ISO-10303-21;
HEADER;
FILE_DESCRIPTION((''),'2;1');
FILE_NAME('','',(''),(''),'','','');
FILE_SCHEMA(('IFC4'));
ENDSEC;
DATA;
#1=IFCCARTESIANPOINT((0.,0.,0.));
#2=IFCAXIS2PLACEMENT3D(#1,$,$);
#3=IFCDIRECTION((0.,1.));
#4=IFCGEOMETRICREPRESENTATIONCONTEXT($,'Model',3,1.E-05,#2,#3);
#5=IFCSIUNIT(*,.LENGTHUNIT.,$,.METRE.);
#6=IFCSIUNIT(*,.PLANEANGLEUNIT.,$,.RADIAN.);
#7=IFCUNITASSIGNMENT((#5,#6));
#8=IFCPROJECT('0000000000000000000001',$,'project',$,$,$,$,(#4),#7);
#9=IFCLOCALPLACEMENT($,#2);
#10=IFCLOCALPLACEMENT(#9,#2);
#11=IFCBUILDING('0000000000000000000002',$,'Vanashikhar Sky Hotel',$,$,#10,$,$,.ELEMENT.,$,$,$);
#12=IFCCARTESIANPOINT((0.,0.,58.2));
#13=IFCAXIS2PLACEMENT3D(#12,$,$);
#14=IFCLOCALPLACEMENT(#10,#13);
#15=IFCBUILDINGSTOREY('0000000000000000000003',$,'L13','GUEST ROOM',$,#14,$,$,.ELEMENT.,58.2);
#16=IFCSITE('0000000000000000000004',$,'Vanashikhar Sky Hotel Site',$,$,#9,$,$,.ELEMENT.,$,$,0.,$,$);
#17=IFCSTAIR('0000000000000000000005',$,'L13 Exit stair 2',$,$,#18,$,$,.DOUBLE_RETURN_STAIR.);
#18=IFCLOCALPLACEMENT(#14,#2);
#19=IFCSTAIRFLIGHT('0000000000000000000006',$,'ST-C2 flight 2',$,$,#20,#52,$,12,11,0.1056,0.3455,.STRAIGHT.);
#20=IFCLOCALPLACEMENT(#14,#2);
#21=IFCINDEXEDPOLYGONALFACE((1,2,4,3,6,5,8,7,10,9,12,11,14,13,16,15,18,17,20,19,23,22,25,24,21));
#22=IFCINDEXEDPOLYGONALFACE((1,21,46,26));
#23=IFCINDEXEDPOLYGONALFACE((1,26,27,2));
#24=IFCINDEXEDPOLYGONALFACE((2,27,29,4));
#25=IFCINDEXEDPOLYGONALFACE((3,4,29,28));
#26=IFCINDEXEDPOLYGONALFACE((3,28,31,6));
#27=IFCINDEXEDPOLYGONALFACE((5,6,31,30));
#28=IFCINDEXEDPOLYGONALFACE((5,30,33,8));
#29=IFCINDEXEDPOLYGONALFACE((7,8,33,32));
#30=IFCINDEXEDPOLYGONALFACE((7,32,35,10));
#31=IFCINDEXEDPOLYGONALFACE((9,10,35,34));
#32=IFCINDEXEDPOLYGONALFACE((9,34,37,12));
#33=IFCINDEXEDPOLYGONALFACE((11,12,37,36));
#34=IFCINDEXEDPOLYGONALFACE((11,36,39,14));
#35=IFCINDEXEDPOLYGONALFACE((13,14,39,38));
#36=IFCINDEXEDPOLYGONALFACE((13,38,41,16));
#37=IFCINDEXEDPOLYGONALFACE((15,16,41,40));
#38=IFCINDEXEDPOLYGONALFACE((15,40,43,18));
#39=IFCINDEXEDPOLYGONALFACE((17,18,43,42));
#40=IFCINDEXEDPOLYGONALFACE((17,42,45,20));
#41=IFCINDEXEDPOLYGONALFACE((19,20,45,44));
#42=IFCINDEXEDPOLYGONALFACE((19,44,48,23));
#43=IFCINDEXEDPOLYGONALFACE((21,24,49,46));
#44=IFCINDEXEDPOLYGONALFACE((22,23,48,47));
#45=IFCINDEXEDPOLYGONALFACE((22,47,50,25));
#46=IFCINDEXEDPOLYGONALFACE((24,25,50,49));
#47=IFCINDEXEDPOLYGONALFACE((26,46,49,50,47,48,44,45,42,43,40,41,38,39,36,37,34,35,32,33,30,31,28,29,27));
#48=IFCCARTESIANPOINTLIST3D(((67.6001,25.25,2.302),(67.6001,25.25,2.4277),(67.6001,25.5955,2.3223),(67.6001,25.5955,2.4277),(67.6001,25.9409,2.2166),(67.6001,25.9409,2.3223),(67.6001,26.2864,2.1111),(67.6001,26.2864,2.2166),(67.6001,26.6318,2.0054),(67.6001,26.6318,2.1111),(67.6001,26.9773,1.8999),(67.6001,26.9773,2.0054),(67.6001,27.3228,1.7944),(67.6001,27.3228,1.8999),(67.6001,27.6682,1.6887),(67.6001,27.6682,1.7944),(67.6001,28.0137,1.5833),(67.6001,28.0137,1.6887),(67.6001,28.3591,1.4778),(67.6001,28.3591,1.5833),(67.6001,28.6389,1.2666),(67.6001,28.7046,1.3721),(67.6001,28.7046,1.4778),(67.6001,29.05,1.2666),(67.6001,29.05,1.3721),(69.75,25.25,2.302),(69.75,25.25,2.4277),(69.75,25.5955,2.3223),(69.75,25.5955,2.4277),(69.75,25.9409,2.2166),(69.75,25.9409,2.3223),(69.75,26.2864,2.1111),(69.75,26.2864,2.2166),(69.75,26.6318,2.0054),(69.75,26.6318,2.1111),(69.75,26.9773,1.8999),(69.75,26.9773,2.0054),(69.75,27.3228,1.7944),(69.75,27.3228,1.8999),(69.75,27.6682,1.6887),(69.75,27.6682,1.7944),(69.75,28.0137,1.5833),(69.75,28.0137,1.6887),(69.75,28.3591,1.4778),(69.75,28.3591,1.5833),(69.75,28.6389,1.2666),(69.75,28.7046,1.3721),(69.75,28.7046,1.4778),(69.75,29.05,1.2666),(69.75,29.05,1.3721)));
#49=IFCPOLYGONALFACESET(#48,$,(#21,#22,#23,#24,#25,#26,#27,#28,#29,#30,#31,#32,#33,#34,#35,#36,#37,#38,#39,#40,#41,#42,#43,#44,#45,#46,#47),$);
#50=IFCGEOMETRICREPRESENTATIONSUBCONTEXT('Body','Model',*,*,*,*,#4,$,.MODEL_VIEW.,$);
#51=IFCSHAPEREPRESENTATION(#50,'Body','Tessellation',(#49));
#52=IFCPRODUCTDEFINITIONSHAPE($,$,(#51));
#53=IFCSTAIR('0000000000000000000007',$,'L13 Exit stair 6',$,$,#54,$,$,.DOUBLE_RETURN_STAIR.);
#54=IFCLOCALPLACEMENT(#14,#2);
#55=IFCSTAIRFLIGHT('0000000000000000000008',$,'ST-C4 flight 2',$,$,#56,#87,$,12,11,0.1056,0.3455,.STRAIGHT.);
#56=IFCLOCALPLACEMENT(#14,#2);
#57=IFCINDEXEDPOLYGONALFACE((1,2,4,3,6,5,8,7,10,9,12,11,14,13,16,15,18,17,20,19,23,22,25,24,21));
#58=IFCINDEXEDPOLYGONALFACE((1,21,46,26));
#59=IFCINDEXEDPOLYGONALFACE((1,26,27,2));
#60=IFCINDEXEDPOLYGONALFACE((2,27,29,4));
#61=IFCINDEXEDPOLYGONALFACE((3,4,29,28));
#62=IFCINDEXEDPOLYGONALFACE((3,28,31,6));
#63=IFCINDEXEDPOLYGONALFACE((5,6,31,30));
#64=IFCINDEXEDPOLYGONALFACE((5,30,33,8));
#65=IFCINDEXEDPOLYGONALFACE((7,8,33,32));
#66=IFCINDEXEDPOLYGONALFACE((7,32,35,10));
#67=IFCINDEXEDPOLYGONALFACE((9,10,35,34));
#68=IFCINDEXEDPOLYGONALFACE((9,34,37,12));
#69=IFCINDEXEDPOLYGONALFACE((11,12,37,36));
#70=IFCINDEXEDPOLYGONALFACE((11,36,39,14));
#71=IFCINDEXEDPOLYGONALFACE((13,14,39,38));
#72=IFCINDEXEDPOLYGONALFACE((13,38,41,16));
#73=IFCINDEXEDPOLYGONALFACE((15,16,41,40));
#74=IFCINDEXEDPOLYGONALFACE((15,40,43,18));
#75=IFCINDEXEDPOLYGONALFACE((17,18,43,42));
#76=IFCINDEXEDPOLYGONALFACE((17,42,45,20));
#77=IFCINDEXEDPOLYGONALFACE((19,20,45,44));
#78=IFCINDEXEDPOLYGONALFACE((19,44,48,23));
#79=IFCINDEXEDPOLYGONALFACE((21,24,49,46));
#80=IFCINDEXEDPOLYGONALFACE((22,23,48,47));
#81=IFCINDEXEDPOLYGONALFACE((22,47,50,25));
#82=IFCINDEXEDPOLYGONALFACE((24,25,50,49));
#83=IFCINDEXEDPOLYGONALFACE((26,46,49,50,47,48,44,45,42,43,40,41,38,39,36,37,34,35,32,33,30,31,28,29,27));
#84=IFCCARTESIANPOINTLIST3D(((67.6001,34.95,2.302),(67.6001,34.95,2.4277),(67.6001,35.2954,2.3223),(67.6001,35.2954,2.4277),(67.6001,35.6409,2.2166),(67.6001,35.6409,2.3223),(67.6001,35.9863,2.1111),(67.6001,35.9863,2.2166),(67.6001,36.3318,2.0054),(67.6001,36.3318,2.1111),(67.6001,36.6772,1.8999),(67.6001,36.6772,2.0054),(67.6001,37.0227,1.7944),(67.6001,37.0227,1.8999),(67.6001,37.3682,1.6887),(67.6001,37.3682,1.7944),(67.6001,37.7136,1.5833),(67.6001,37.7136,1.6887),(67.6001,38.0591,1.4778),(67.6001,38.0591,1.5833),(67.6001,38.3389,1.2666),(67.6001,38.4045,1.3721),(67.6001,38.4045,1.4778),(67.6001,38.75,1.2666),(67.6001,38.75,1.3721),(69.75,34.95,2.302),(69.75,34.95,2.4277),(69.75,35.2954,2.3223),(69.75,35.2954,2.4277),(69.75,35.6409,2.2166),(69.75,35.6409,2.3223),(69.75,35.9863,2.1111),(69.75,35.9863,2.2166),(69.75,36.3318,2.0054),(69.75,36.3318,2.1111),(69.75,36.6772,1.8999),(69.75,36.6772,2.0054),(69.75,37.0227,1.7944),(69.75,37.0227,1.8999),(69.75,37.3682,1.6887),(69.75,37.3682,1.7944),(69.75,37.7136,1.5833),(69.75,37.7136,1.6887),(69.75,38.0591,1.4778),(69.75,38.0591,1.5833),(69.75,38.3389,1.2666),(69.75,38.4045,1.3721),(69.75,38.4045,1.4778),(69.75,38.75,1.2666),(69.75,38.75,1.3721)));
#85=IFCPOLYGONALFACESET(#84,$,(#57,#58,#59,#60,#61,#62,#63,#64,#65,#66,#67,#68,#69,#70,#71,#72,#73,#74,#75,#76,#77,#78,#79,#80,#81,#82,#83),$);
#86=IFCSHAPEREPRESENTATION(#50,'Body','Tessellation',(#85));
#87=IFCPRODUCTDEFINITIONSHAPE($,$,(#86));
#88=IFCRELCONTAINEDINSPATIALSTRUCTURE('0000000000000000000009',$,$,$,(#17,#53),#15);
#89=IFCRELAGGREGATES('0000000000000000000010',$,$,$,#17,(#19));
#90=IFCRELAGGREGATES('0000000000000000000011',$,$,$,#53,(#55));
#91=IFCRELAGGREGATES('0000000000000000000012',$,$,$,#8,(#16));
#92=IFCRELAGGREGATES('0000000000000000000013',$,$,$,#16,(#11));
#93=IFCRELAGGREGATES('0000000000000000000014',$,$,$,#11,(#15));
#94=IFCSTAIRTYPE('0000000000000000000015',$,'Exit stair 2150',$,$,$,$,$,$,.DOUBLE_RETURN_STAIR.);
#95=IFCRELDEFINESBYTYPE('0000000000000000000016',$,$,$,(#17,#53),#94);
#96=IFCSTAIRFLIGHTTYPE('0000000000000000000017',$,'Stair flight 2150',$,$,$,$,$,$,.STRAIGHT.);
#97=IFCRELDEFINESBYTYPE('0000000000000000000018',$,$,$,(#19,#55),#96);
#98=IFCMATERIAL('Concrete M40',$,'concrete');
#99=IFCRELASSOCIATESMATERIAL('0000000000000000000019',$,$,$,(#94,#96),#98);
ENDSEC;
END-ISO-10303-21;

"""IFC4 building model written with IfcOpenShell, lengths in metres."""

from ifc_helpers import new_model, si_unit, direction, frame, origin, place, context, subcontext, project, spatial, polyline, outline, extrude, source, transform, mapped, material, type_object, element, aggregate, save


model = new_model("IFC4")

# Units and contexts
model_context = context("Model", 3, precision=1e-05, world=origin(), true_north=direction((0.0, 1.0)))
body_context = subcontext(model_context, "Body", "Model", "MODEL_VIEW")
ifc_project = project(units=[si_unit("LENGTHUNIT", "METRE"), si_unit("PLANEANGLEUNIT", "RADIAN")], contexts=[model_context])

# Site, building, storey
site_placement = place(None, origin())
site = spatial("IfcSite", under=ifc_project, at=site_placement, Name="Vanashikhar Sky Hotel Site", CompositionType="ELEMENT", RefElevation=0.0)
building_placement = place(site_placement, origin())
building = spatial("IfcBuilding", under=site, at=building_placement, Name="Vanashikhar Sky Hotel", CompositionType="ELEMENT")
storey_placement = place(building_placement, frame((0.0, 0.0, 58.2)))
storey = spatial("IfcBuildingStorey", under=building, at=storey_placement, Name="L13", Description="GUEST ROOM", CompositionType="ELEMENT", Elevation=58.2)

# Stairs, stair flights
ifc_material_1 = material(Name="Concrete M40", Category="concrete")
stair_type = type_object("IfcStairType", Name="Exit stair 2150", PredefinedType="DOUBLE_RETURN_STAIR", material=ifc_material_1)
stair_1_placement = place(storey_placement, origin())
stair_1 = element("IfcStair", 1, at=stair_1_placement, inside=storey, type_object=stair_type, Name="L13 Exit stair 2", PredefinedType="DOUBLE_RETURN_STAIR")
stair_flight_type = type_object("IfcStairFlightType", Name="Stair flight 2150", PredefinedType="STRAIGHT", material=ifc_material_1)
shared_shape_1 = source(origin(), body_context, "Body", "SweptSolid", [
    extrude(outline(polyline([(0.0, 0.0), (0.0, 0.1055), (0.3455, 0.1055), (0.3455, 0.2112), (0.6909, 0.2112), (0.6909, 0.3167), (1.0364, 0.3167), (1.0364, 0.4221), (1.3818, 0.4221), (1.3818, 0.5278), (1.7273, 0.5278), (1.7273, 0.6333), (2.0728, 0.6333), (2.0728, 0.7388), (2.4182, 0.7388), (2.4182, 0.8445), (2.7637, 0.8445), (2.7637, 0.95), (3.1091, 0.95), (3.1091, 1.0557), (3.4546, 1.0557), (3.4546, 1.1611), (3.8, 1.1611), (3.8, 1.2666), (3.8, 1.0354), (0.4111, 0.0), (0.0, 0.0)])), frame((0.0, 1.075, 0.0), z_axis=(0.0, -1.0, 0.0), x_axis=(1.0, 0.0, 0.0)), (0.0, 0.0, 1.0), 2.1499),
])
stair_flight_1_placement = place(storey_placement, frame((68.675, 29.05, 1.2666), z_axis=(0.0, 0.0, 1.0), x_axis=(0.0, -1.0, 0.0)))
stair_flight_1 = element("IfcStairFlight", 2, at=stair_flight_1_placement, type_object=stair_flight_type, Name="ST-C2 flight 2", NumberOfRisers=12, NumberOfTreads=11, PredefinedType="STRAIGHT", RiserHeight=0.1056, TreadLength=0.3455, context=body_context, shape_type="MappedRepresentation", body=[
    mapped(shared_shape_1, transform((0.0, 0.0, 0.0), scale=1.0)),
])
aggregate(stair_1, [stair_flight_1])
stair_2_placement = place(storey_placement, origin())
stair_2 = element("IfcStair", 3, at=stair_2_placement, inside=storey, type_object=stair_type, Name="L13 Exit stair 6", PredefinedType="DOUBLE_RETURN_STAIR")
stair_flight_2_placement = place(storey_placement, frame((68.675, 38.75, 1.2666), z_axis=(0.0, 0.0, 1.0), x_axis=(0.0, -1.0, 0.0)))
stair_flight_2 = element("IfcStairFlight", 4, at=stair_flight_2_placement, type_object=stair_flight_type, Name="ST-C4 flight 2", NumberOfRisers=12, NumberOfTreads=11, PredefinedType="STRAIGHT", RiserHeight=0.1056, TreadLength=0.3455, context=body_context, shape_type="MappedRepresentation", body=[
    mapped(shared_shape_1, transform((0.0, 0.0, 0.0), scale=1.0)),
])
aggregate(stair_2, [stair_flight_2])

save(model, "model.ifc")
